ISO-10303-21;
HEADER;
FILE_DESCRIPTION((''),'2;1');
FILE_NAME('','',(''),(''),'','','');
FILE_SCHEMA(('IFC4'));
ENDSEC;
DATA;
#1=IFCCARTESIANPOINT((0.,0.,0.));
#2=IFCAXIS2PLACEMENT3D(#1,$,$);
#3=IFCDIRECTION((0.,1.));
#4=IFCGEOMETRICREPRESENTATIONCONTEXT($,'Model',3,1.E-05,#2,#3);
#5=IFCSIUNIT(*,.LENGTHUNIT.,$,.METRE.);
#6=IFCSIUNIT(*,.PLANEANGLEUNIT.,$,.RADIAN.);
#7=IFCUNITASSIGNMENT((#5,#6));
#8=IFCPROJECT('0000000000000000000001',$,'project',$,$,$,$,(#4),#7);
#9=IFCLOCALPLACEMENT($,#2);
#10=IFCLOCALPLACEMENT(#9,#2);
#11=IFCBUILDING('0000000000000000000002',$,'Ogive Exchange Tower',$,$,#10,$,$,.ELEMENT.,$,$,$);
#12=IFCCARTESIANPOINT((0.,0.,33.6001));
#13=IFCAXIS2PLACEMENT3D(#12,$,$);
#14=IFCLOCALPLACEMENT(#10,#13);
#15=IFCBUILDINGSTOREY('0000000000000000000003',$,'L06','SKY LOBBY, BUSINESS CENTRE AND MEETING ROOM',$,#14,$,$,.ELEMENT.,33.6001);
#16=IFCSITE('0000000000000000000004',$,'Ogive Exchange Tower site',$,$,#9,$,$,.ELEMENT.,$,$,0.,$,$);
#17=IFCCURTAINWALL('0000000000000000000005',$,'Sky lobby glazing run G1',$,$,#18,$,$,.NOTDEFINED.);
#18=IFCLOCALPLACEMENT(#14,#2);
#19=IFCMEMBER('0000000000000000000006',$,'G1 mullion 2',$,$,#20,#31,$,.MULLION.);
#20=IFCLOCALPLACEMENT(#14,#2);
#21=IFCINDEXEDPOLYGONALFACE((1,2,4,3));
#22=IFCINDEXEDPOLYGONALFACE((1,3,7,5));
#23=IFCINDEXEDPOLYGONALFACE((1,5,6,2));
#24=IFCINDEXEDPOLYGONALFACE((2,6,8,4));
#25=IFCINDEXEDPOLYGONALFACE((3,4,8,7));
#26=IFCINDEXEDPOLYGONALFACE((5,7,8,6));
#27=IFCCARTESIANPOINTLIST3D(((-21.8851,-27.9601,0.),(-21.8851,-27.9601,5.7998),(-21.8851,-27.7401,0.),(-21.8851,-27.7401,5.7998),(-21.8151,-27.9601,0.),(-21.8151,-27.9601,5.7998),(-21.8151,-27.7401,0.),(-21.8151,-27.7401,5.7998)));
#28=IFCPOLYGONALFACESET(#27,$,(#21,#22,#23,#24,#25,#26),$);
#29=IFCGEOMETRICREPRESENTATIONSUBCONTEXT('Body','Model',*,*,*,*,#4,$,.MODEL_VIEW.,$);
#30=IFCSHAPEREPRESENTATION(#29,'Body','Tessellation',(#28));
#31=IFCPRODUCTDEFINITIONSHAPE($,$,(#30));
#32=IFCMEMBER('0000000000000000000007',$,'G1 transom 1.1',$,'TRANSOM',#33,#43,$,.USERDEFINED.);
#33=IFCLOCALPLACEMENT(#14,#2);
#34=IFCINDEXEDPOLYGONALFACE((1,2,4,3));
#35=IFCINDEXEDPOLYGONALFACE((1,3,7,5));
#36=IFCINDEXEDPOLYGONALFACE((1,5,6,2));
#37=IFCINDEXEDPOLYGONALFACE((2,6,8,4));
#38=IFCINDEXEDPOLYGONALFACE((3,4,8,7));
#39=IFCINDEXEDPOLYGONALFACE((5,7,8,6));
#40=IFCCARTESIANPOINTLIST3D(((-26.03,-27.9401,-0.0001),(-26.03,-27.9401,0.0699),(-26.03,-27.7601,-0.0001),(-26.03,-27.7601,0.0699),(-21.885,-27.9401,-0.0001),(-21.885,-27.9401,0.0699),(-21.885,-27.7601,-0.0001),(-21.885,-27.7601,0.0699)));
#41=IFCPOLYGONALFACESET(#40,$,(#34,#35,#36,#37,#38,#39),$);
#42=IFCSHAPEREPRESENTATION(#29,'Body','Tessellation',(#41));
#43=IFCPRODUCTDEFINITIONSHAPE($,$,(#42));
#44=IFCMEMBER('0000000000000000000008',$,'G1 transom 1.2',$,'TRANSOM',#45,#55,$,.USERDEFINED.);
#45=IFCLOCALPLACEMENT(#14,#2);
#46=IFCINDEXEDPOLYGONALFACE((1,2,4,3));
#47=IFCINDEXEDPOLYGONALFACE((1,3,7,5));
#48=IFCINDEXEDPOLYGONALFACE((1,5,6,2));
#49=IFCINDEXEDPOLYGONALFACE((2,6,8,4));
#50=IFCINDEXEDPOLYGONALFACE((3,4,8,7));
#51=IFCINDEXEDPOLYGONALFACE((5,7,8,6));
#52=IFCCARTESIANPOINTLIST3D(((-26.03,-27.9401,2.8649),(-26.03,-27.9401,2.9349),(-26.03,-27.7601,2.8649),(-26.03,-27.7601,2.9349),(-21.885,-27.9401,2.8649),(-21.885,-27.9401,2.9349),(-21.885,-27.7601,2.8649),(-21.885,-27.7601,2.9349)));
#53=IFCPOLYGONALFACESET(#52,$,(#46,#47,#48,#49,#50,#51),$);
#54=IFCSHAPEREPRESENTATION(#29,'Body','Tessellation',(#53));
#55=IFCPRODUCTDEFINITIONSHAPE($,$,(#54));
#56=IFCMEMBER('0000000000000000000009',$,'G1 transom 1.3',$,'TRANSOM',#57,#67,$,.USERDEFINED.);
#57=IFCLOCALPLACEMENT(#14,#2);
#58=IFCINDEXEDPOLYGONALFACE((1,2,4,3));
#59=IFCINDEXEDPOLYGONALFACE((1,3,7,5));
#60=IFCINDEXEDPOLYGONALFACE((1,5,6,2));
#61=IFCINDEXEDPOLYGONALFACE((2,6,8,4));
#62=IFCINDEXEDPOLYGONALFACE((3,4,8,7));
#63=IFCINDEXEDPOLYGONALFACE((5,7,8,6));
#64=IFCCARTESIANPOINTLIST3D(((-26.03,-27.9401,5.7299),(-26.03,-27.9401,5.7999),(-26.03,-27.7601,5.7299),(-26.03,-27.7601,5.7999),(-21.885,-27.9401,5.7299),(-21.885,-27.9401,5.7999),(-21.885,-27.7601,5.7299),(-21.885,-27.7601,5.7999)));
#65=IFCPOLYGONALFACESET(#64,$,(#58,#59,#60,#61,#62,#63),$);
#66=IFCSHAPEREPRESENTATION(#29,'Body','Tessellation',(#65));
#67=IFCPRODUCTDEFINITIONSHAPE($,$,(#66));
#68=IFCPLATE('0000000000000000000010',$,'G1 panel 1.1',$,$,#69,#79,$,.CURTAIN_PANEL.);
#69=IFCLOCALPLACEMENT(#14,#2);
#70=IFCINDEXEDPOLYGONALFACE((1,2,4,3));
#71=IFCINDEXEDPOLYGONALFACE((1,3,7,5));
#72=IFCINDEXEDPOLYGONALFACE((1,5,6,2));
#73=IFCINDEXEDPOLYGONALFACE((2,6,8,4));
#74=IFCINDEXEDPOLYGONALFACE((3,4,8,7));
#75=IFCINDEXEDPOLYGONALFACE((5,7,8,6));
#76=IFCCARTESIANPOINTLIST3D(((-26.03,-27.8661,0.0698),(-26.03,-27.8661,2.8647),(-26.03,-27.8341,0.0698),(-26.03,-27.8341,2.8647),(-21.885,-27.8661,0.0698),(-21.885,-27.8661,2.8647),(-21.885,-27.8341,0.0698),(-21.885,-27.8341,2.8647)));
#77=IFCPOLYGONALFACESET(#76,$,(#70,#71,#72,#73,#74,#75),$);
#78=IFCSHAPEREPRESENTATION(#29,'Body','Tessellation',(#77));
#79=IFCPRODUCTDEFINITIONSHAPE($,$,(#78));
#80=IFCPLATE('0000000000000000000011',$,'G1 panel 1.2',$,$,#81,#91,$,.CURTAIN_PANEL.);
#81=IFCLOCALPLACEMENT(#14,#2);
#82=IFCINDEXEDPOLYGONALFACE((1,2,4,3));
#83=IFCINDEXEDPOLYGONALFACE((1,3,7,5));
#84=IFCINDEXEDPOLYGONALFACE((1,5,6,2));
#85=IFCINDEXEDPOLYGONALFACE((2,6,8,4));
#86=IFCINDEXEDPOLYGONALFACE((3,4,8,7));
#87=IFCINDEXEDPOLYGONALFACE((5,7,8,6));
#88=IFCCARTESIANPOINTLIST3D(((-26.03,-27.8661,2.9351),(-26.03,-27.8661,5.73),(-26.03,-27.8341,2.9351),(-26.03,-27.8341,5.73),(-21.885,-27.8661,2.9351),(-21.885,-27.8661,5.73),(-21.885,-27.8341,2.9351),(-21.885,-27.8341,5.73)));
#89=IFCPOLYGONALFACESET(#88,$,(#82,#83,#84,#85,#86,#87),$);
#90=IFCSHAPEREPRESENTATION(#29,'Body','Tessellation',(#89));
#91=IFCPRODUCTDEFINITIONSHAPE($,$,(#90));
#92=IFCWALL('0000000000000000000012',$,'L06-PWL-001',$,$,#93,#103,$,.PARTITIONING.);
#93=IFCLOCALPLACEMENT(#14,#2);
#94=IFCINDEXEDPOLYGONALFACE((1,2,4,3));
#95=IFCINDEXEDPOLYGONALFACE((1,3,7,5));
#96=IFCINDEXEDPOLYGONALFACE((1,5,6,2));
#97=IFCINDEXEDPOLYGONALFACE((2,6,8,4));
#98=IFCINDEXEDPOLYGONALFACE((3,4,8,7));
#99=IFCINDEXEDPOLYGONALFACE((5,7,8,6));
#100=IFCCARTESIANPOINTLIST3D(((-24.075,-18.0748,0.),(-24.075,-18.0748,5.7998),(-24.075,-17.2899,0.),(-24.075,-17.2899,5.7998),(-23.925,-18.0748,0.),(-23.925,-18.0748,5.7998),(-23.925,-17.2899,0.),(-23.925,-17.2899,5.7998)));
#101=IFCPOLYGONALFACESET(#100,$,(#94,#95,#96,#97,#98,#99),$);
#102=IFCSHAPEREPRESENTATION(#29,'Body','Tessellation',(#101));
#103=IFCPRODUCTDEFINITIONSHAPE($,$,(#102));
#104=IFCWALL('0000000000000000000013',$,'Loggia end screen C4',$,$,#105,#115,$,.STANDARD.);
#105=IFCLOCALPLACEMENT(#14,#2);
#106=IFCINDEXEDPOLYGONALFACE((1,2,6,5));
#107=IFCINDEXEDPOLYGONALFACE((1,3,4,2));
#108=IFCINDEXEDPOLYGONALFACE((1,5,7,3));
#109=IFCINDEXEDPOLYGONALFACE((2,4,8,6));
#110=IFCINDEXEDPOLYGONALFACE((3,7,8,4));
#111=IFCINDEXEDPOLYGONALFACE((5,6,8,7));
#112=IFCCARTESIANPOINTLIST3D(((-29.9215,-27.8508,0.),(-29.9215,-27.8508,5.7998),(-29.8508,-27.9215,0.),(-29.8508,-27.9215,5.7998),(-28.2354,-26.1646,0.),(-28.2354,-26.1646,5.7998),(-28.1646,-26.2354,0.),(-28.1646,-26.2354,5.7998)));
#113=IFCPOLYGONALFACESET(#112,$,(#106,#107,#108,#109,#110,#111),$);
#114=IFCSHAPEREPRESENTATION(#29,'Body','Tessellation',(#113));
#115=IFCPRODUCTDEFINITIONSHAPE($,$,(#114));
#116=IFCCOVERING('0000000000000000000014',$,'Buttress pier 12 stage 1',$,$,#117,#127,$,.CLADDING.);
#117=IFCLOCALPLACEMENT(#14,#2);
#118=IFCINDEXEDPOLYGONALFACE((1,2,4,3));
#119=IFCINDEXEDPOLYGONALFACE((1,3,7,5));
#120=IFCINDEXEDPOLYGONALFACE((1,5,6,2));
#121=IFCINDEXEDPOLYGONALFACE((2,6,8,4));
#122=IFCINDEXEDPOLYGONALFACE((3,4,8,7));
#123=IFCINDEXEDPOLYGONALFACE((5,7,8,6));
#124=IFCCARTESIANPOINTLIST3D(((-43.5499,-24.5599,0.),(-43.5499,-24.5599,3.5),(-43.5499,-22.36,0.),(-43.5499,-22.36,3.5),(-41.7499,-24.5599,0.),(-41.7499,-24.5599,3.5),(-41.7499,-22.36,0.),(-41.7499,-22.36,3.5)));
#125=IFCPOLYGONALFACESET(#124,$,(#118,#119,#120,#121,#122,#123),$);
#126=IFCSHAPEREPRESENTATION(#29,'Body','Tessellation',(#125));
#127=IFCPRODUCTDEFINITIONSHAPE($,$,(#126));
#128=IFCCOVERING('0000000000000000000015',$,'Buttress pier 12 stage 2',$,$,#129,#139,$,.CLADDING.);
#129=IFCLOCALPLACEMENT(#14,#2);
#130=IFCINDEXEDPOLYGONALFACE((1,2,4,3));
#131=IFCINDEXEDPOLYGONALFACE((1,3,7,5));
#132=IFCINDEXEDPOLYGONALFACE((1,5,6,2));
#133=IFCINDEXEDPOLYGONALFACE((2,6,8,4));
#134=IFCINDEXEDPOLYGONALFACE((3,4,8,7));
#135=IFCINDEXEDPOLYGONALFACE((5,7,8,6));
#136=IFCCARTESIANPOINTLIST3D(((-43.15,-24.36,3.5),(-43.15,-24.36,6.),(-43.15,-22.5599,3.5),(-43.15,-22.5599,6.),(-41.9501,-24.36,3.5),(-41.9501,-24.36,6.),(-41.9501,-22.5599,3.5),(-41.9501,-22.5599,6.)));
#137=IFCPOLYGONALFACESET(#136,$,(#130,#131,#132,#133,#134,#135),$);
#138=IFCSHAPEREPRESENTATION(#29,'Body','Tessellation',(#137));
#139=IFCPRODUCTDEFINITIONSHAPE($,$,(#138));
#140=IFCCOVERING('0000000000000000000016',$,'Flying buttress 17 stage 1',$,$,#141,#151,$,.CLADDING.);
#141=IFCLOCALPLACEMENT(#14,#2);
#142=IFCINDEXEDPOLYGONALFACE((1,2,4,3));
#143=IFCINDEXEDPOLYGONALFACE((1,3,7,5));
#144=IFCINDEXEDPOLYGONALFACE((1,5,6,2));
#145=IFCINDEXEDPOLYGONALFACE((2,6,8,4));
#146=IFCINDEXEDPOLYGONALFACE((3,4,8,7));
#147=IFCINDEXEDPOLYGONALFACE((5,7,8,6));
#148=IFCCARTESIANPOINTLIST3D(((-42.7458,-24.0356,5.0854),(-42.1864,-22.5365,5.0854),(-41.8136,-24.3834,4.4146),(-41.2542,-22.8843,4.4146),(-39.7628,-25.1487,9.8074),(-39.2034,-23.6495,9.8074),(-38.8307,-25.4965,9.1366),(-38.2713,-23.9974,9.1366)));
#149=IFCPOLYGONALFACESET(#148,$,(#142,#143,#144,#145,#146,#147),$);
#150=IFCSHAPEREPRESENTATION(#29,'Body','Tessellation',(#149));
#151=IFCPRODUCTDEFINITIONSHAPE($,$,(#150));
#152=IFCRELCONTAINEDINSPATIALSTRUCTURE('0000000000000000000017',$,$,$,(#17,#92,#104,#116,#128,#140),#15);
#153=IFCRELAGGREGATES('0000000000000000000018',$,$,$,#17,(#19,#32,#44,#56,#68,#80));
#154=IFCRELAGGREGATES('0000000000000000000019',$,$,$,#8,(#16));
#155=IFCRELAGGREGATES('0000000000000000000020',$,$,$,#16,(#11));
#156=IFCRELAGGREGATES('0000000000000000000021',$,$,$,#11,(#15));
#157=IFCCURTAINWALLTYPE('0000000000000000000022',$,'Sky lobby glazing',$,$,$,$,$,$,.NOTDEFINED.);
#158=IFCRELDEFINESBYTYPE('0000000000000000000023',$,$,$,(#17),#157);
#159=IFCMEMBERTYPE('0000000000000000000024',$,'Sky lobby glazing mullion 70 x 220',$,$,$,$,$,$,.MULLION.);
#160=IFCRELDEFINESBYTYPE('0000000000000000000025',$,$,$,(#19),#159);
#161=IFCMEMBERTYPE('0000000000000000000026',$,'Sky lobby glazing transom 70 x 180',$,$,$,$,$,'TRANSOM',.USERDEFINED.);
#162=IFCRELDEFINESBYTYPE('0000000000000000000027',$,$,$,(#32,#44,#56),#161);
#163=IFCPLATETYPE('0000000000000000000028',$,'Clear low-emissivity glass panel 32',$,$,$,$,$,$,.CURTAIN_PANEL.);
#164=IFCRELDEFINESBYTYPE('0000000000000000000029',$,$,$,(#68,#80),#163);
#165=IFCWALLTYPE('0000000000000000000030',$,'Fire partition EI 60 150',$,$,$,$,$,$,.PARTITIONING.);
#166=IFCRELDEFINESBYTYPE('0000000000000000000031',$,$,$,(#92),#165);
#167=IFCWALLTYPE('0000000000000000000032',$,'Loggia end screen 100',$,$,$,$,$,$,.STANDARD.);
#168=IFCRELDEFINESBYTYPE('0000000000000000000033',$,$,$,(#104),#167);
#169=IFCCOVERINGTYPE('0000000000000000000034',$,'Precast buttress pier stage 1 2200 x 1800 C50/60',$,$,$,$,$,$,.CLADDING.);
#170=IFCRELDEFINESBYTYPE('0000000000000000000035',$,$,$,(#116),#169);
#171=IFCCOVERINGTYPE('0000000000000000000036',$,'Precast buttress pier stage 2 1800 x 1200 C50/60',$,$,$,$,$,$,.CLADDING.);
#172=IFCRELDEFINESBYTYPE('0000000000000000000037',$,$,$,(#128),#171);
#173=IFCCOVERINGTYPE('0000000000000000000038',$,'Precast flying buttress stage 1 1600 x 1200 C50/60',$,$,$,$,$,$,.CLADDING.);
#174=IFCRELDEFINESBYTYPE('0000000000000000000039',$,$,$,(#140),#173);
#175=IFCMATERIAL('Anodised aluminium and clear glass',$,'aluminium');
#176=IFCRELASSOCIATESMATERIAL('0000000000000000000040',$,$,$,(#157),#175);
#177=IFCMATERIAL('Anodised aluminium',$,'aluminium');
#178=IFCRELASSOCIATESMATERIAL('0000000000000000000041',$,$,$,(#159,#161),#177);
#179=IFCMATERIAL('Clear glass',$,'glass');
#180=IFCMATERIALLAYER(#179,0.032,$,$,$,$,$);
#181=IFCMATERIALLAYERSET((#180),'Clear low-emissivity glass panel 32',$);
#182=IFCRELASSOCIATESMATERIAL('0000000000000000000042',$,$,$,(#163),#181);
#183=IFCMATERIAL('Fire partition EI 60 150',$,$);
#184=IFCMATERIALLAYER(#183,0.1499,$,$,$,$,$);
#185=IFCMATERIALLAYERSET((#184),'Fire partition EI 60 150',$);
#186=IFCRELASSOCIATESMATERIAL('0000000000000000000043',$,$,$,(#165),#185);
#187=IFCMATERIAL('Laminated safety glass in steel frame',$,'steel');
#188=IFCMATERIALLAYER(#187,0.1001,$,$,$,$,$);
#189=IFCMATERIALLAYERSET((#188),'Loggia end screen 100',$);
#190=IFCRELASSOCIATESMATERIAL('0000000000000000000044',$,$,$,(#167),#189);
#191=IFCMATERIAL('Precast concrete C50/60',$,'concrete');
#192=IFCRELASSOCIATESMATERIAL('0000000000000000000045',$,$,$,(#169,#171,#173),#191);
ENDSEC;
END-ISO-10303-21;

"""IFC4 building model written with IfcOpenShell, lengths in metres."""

from ifc_helpers import new_model, si_unit, direction, frame, frame_2d, origin, origin_2d, place, context, subcontext, project, spatial, rectangle, extrude, material, layer, layer_set, material_profile, profile_set, type_object, element, aggregate, save


model = new_model("IFC4")

# Units and contexts
model_context = context("Model", 3, precision=1e-05, world=origin(), true_north=direction((0.0, 1.0)))
body_context = subcontext(model_context, "Body", "Model", "MODEL_VIEW")
ifc_project = project(units=[si_unit("LENGTHUNIT", "METRE"), si_unit("PLANEANGLEUNIT", "RADIAN")], contexts=[model_context])

# Site, building, storey
site_placement = place(None, origin())
site = spatial("IfcSite", under=ifc_project, at=site_placement, Name="Ogive Exchange Tower site", CompositionType="ELEMENT", RefElevation=0.0)
building_placement = place(site_placement, origin())
building = spatial("IfcBuilding", under=site, at=building_placement, Name="Ogive Exchange Tower", CompositionType="ELEMENT")
storey_placement = place(building_placement, frame((0.0, 0.0, 33.6001)))
storey = spatial("IfcBuildingStorey", under=building, at=storey_placement, Name="L06", Description="SKY LOBBY, BUSINESS CENTRE AND MEETING ROOM", CompositionType="ELEMENT", Elevation=33.6001)

# Curtain wall, members, plates
ifc_material_1 = material(Name="Anodised aluminium and clear glass", Category="aluminium")
curtain_wall_type = type_object("IfcCurtainWallType", Name="Sky lobby glazing", PredefinedType="NOTDEFINED", material=ifc_material_1)
curtain_wall_placement = place(storey_placement, origin())
curtain_wall = element("IfcCurtainWall", 1, at=curtain_wall_placement, inside=storey, type_object=curtain_wall_type, Name="Sky lobby glazing run G1", PredefinedType="NOTDEFINED")
ifc_material_2 = material(Name="Anodised aluminium", Category="aluminium")
ifc_material_profile_1 = material_profile(ifc_material_2, rectangle(XDim=0.22, YDim=0.0701, at=origin_2d()), Name="AL 70x220")
ifc_profile_set_1 = profile_set([ifc_material_profile_1], Name="Anodised aluminium")
member_type_1 = type_object("IfcMemberType", Name="Sky lobby glazing mullion 70 x 220", PredefinedType="MULLION", material=ifc_profile_set_1)
member_1_placement = place(storey_placement, frame((-21.8501, -27.8501, 0.0), z_axis=(0.0, 0.0, 1.0), x_axis=(0.0, 1.0, 0.0)))
member_1 = element("IfcMember", 2, at=member_1_placement, type_object=member_type_1, Name="G1 mullion 2", PredefinedType="MULLION", context=body_context, shape_type="SweptSolid", body=[
    extrude(rectangle(XDim=0.22, YDim=0.0701, at=origin_2d()), origin(), (0.0, 0.0, 1.0), 5.7998),
])
ifc_material_profile_2 = material_profile(ifc_material_2, rectangle(XDim=0.1799, YDim=0.0701, at=origin_2d()), Name="AL 70x180")
ifc_profile_set_2 = profile_set([ifc_material_profile_2], Name="Anodised aluminium")
member_type_2 = type_object("IfcMemberType", Name="Sky lobby glazing transom 70 x 180", ElementType="TRANSOM", PredefinedType="USERDEFINED", material=ifc_profile_set_2)
member_2_placement = place(storey_placement, frame((-26.03, -27.8501, 0.0349), z_axis=(1.0, 0.0, 0.0), x_axis=(0.0, 1.0, 0.0)))
member_2 = element("IfcMember", 3, at=member_2_placement, type_object=member_type_2, Name="G1 transom 1.1", ObjectType="TRANSOM", PredefinedType="USERDEFINED", context=body_context, shape_type="SweptSolid", body=[
    extrude(rectangle(XDim=0.1799, YDim=0.0701, at=origin_2d()), origin(), (0.0, 0.0, 1.0), 4.145),
])
member_3_placement = place(storey_placement, frame((-26.03, -27.8501, 2.8999), z_axis=(1.0, 0.0, 0.0), x_axis=(0.0, 1.0, 0.0)))
member_3 = element("IfcMember", 4, at=member_3_placement, type_object=member_type_2, Name="G1 transom 1.2", ObjectType="TRANSOM", PredefinedType="USERDEFINED", context=body_context, shape_type="SweptSolid", body=[
    extrude(rectangle(XDim=0.1799, YDim=0.0701, at=origin_2d()), origin(), (0.0, 0.0, 1.0), 4.145),
])
member_4_placement = place(storey_placement, frame((-26.03, -27.8501, 5.7649), z_axis=(1.0, 0.0, 0.0), x_axis=(0.0, 1.0, 0.0)))
member_4 = element("IfcMember", 5, at=member_4_placement, type_object=member_type_2, Name="G1 transom 1.3", ObjectType="TRANSOM", PredefinedType="USERDEFINED", context=body_context, shape_type="SweptSolid", body=[
    extrude(rectangle(XDim=0.1799, YDim=0.0701, at=origin_2d()), origin(), (0.0, 0.0, 1.0), 4.145),
])
ifc_material_3 = material(Name="Clear glass", Category="glass")
ifc_layer_1 = layer(ifc_material_3, 0.032)
ifc_layer_set_1 = layer_set([ifc_layer_1], Name="Clear low-emissivity glass panel 32")
plate_type = type_object("IfcPlateType", Name="Clear low-emissivity glass panel 32", PredefinedType="CURTAIN_PANEL", material=ifc_layer_set_1)
plate_1_placement = place(storey_placement, frame((-23.9575, -27.8501, 0.0698), z_axis=(0.0, 0.0, 1.0), x_axis=(1.0, 0.0, 0.0)))
plate_1 = element("IfcPlate", 6, at=plate_1_placement, type_object=plate_type, Name="G1 panel 1.1", PredefinedType="CURTAIN_PANEL", context=body_context, shape_type="SweptSolid", body=[
    extrude(rectangle(XDim=4.145, YDim=0.032, at=origin_2d()), origin(), (0.0, 0.0, 1.0), 2.7949),
])
plate_2_placement = place(storey_placement, frame((-23.9575, -27.8501, 2.9351), z_axis=(0.0, 0.0, 1.0), x_axis=(1.0, 0.0, 0.0)))
plate_2 = element("IfcPlate", 7, at=plate_2_placement, type_object=plate_type, Name="G1 panel 1.2", PredefinedType="CURTAIN_PANEL", context=body_context, shape_type="SweptSolid", body=[
    extrude(rectangle(XDim=4.145, YDim=0.032, at=origin_2d()), origin(), (0.0, 0.0, 1.0), 2.7949),
])
aggregate(curtain_wall, [member_1, member_2, member_3, member_4, plate_1, plate_2])

# Walls
ifc_material_4 = material(Name="Fire partition EI 60 150")
ifc_layer_2 = layer(ifc_material_4, 0.1499)
ifc_layer_set_2 = layer_set([ifc_layer_2], Name="Fire partition EI 60 150")
wall_type_1 = type_object("IfcWallType", Name="Fire partition EI 60 150", PredefinedType="PARTITIONING", material=ifc_layer_set_2)
wall_1_placement = place(storey_placement, frame((-24.0, -18.075, 0.0), z_axis=(0.0, 0.0, 1.0), x_axis=(0.0, 1.0, 0.0)))
element("IfcWall", 8, at=wall_1_placement, inside=storey, type_object=wall_type_1, Name="L06-PWL-001", PredefinedType="PARTITIONING", context=body_context, shape_type="SweptSolid", body=[
    extrude(rectangle(XDim=0.7849, YDim=0.1499, at=frame_2d((0.3926, 0.0))), origin(), (0.0, 0.0, 1.0), 5.7998),
])
ifc_material_5 = material(Name="Laminated safety glass in steel frame", Category="steel")
ifc_layer_3 = layer(ifc_material_5, 0.1001)
ifc_layer_set_3 = layer_set([ifc_layer_3], Name="Loggia end screen 100")
wall_type_2 = type_object("IfcWallType", Name="Loggia end screen 100", PredefinedType="STANDARD", material=ifc_layer_set_3)
wall_2_placement = place(storey_placement, frame((-28.2, -26.2, 0.0), z_axis=(0.0, 0.0, 1.0), x_axis=(-0.707107, -0.707107, 0.0)))
element("IfcWall", 9, at=wall_2_placement, inside=storey, type_object=wall_type_2, Name="Loggia end screen C4", PredefinedType="STANDARD", context=body_context, shape_type="SweptSolid", body=[
    extrude(rectangle(XDim=2.3845, YDim=0.1001, at=frame_2d((1.1924, 0.0))), origin(), (0.0, 0.0, 1.0), 5.7998),
])

# Coverings
ifc_material_6 = material(Name="Precast concrete C50/60", Category="concrete")
ifc_material_profile_3 = material_profile(ifc_material_6, rectangle(XDim=2.2, YDim=1.8, at=origin_2d()), Name="BUTTRESS PIER 1 2200 x 1800")
ifc_profile_set_3 = profile_set([ifc_material_profile_3], Name="Precast concrete C50/60")
covering_type_1 = type_object("IfcCoveringType", Name="Precast buttress pier stage 1 2200 x 1800 C50/60", PredefinedType="CLADDING", material=ifc_profile_set_3)
covering_1_placement = place(storey_placement, frame((-42.6499, -23.46, 0.0), z_axis=(0.0, 0.0, 1.0), x_axis=(0.0, 1.0, 0.0)))
element("IfcCovering", 10, at=covering_1_placement, inside=storey, type_object=covering_type_1, Name="Buttress pier 12 stage 1", PredefinedType="CLADDING", context=body_context, shape_type="SweptSolid", body=[
    extrude(rectangle(XDim=2.2, YDim=1.8, at=origin_2d()), origin(), (0.0, 0.0, 1.0), 3.5),
])
ifc_material_profile_4 = material_profile(ifc_material_6, rectangle(XDim=1.8, YDim=1.2, at=origin_2d()), Name="BUTTRESS PIER 2 1800 x 1200")
ifc_profile_set_4 = profile_set([ifc_material_profile_4], Name="Precast concrete C50/60")
covering_type_2 = type_object("IfcCoveringType", Name="Precast buttress pier stage 2 1800 x 1200 C50/60", PredefinedType="CLADDING", material=ifc_profile_set_4)
covering_2_placement = place(storey_placement, frame((-42.55, -23.46, 3.5), z_axis=(0.0, 0.0, 1.0), x_axis=(0.0, 1.0, 0.0)))
element("IfcCovering", 11, at=covering_2_placement, inside=storey, type_object=covering_type_2, Name="Buttress pier 12 stage 2", PredefinedType="CLADDING", context=body_context, shape_type="SweptSolid", body=[
    extrude(rectangle(XDim=1.8, YDim=1.2, at=origin_2d()), origin(), (0.0, 0.0, 1.0), 2.5),
])
ifc_material_profile_5 = material_profile(ifc_material_6, rectangle(XDim=1.6001, YDim=1.2, at=origin_2d()), Name="FLYING BUTTRESS 1 1600 x 1200")
ifc_profile_set_5 = profile_set([ifc_material_profile_5], Name="Precast concrete C50/60")
covering_type_3 = type_object("IfcCoveringType", Name="Precast flying buttress stage 1 1600 x 1200 C50/60", PredefinedType="CLADDING", material=ifc_profile_set_5)
covering_3_placement = place(storey_placement, frame((-42.0, -23.46, 4.75), z_axis=(0.523776, -0.195441, 0.829133), x_axis=(0.349594, 0.936901, 0.0)))
element("IfcCovering", 12, at=covering_3_placement, inside=storey, type_object=covering_type_3, Name="Flying buttress 17 stage 1", PredefinedType="CLADDING", context=body_context, shape_type="SweptSolid", body=[
    extrude(rectangle(XDim=1.6001, YDim=1.2, at=origin_2d()), origin(), (0.0, 0.0, 1.0), 5.6951),
])

save(model, "model.ifc")
